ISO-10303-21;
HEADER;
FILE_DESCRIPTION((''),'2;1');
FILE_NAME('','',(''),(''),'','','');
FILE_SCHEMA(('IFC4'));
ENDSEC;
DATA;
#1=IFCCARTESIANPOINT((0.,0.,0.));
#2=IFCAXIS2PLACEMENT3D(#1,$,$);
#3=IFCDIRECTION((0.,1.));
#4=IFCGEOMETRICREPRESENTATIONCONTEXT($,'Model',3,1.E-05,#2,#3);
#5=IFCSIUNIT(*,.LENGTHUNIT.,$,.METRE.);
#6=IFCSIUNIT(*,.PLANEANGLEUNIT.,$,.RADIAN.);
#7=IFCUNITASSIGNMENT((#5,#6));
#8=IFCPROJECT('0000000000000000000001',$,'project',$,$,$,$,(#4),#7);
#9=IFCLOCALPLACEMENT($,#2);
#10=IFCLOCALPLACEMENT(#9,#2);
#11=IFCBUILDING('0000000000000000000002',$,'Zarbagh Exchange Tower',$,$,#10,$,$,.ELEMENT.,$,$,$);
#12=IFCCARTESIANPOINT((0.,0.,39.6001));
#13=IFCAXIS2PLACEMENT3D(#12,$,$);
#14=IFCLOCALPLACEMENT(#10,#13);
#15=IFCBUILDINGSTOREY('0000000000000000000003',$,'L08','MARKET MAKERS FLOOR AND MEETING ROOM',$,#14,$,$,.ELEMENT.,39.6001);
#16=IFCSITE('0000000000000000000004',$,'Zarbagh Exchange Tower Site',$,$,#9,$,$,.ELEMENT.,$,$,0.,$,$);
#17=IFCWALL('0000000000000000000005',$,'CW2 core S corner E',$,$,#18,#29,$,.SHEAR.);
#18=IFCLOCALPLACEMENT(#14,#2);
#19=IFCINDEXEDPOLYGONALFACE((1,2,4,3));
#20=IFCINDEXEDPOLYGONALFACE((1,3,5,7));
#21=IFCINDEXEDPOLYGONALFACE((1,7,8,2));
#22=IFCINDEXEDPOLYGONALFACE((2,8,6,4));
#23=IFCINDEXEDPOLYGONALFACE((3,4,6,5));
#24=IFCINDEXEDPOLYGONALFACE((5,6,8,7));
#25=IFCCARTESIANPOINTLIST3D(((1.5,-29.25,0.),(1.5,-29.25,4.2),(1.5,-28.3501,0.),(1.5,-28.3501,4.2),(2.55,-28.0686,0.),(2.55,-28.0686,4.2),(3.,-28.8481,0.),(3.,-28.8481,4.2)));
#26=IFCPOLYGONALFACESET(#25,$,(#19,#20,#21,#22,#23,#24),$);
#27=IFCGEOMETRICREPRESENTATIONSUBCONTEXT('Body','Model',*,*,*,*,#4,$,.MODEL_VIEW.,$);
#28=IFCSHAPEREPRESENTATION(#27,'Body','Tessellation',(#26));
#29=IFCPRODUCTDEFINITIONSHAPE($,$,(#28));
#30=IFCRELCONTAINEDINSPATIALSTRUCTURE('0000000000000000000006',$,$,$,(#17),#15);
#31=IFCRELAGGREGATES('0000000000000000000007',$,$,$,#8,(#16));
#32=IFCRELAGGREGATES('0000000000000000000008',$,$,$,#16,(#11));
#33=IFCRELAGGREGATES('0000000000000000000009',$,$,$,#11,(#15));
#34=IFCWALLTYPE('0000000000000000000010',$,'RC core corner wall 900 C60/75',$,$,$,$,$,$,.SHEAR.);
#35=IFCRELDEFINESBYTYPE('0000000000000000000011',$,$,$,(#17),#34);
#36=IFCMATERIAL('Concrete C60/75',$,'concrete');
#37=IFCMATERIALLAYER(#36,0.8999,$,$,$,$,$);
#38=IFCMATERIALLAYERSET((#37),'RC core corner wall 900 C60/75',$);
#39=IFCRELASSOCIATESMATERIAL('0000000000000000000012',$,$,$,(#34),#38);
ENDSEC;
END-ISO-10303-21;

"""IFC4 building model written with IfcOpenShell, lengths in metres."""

from ifc_helpers import new_model, si_unit, direction, frame, origin, place, context, subcontext, project, spatial, polyline, outline, extrude, material, layer, layer_set, type_object, element, save


model = new_model("IFC4")

# Units and contexts
model_context = context("Model", 3, precision=1e-05, world=origin(), true_north=direction((0.0, 1.0)))
body_context = subcontext(model_context, "Body", "Model", "MODEL_VIEW")
ifc_project = project(units=[si_unit("LENGTHUNIT", "METRE"), si_unit("PLANEANGLEUNIT", "RADIAN")], contexts=[model_context])

# Site, building, storey
site_placement = place(None, origin())
site = spatial("IfcSite", under=ifc_project, at=site_placement, Name="Zarbagh Exchange Tower Site", CompositionType="ELEMENT", RefElevation=0.0)
building_placement = place(site_placement, origin())
building = spatial("IfcBuilding", under=site, at=building_placement, Name="Zarbagh Exchange Tower", CompositionType="ELEMENT")
storey_placement = place(building_placement, frame((0.0, 0.0, 39.6001)))
storey = spatial("IfcBuildingStorey", under=building, at=storey_placement, Name="L08", Description="MARKET MAKERS FLOOR AND MEETING ROOM", CompositionType="ELEMENT", Elevation=39.6001)

# Wall
ifc_material_1 = material(Name="Concrete C60/75", Category="concrete")
ifc_layer_1 = layer(ifc_material_1, 0.8999)
ifc_layer_set_1 = layer_set([ifc_layer_1], Name="RC core corner wall 900 C60/75")
wall_type = type_object("IfcWallType", Name="RC core corner wall 900 C60/75", PredefinedType="SHEAR", material=ifc_layer_set_1)
wall_1_placement = place(storey_placement, origin())
element("IfcWall", 1, at=wall_1_placement, inside=storey, type_object=wall_type, Name="CW2 core S corner E", PredefinedType="SHEAR", context=body_context, shape_type="SweptSolid", body=[
    extrude(outline(polyline([(3.0, -28.8481), (1.5, -29.25), (1.5, -28.3501), (2.55, -28.0686), (3.0, -28.8481)])), origin(), (0.0, 0.0, 1.0), 4.2),
])

save(model, "model.ifc")
